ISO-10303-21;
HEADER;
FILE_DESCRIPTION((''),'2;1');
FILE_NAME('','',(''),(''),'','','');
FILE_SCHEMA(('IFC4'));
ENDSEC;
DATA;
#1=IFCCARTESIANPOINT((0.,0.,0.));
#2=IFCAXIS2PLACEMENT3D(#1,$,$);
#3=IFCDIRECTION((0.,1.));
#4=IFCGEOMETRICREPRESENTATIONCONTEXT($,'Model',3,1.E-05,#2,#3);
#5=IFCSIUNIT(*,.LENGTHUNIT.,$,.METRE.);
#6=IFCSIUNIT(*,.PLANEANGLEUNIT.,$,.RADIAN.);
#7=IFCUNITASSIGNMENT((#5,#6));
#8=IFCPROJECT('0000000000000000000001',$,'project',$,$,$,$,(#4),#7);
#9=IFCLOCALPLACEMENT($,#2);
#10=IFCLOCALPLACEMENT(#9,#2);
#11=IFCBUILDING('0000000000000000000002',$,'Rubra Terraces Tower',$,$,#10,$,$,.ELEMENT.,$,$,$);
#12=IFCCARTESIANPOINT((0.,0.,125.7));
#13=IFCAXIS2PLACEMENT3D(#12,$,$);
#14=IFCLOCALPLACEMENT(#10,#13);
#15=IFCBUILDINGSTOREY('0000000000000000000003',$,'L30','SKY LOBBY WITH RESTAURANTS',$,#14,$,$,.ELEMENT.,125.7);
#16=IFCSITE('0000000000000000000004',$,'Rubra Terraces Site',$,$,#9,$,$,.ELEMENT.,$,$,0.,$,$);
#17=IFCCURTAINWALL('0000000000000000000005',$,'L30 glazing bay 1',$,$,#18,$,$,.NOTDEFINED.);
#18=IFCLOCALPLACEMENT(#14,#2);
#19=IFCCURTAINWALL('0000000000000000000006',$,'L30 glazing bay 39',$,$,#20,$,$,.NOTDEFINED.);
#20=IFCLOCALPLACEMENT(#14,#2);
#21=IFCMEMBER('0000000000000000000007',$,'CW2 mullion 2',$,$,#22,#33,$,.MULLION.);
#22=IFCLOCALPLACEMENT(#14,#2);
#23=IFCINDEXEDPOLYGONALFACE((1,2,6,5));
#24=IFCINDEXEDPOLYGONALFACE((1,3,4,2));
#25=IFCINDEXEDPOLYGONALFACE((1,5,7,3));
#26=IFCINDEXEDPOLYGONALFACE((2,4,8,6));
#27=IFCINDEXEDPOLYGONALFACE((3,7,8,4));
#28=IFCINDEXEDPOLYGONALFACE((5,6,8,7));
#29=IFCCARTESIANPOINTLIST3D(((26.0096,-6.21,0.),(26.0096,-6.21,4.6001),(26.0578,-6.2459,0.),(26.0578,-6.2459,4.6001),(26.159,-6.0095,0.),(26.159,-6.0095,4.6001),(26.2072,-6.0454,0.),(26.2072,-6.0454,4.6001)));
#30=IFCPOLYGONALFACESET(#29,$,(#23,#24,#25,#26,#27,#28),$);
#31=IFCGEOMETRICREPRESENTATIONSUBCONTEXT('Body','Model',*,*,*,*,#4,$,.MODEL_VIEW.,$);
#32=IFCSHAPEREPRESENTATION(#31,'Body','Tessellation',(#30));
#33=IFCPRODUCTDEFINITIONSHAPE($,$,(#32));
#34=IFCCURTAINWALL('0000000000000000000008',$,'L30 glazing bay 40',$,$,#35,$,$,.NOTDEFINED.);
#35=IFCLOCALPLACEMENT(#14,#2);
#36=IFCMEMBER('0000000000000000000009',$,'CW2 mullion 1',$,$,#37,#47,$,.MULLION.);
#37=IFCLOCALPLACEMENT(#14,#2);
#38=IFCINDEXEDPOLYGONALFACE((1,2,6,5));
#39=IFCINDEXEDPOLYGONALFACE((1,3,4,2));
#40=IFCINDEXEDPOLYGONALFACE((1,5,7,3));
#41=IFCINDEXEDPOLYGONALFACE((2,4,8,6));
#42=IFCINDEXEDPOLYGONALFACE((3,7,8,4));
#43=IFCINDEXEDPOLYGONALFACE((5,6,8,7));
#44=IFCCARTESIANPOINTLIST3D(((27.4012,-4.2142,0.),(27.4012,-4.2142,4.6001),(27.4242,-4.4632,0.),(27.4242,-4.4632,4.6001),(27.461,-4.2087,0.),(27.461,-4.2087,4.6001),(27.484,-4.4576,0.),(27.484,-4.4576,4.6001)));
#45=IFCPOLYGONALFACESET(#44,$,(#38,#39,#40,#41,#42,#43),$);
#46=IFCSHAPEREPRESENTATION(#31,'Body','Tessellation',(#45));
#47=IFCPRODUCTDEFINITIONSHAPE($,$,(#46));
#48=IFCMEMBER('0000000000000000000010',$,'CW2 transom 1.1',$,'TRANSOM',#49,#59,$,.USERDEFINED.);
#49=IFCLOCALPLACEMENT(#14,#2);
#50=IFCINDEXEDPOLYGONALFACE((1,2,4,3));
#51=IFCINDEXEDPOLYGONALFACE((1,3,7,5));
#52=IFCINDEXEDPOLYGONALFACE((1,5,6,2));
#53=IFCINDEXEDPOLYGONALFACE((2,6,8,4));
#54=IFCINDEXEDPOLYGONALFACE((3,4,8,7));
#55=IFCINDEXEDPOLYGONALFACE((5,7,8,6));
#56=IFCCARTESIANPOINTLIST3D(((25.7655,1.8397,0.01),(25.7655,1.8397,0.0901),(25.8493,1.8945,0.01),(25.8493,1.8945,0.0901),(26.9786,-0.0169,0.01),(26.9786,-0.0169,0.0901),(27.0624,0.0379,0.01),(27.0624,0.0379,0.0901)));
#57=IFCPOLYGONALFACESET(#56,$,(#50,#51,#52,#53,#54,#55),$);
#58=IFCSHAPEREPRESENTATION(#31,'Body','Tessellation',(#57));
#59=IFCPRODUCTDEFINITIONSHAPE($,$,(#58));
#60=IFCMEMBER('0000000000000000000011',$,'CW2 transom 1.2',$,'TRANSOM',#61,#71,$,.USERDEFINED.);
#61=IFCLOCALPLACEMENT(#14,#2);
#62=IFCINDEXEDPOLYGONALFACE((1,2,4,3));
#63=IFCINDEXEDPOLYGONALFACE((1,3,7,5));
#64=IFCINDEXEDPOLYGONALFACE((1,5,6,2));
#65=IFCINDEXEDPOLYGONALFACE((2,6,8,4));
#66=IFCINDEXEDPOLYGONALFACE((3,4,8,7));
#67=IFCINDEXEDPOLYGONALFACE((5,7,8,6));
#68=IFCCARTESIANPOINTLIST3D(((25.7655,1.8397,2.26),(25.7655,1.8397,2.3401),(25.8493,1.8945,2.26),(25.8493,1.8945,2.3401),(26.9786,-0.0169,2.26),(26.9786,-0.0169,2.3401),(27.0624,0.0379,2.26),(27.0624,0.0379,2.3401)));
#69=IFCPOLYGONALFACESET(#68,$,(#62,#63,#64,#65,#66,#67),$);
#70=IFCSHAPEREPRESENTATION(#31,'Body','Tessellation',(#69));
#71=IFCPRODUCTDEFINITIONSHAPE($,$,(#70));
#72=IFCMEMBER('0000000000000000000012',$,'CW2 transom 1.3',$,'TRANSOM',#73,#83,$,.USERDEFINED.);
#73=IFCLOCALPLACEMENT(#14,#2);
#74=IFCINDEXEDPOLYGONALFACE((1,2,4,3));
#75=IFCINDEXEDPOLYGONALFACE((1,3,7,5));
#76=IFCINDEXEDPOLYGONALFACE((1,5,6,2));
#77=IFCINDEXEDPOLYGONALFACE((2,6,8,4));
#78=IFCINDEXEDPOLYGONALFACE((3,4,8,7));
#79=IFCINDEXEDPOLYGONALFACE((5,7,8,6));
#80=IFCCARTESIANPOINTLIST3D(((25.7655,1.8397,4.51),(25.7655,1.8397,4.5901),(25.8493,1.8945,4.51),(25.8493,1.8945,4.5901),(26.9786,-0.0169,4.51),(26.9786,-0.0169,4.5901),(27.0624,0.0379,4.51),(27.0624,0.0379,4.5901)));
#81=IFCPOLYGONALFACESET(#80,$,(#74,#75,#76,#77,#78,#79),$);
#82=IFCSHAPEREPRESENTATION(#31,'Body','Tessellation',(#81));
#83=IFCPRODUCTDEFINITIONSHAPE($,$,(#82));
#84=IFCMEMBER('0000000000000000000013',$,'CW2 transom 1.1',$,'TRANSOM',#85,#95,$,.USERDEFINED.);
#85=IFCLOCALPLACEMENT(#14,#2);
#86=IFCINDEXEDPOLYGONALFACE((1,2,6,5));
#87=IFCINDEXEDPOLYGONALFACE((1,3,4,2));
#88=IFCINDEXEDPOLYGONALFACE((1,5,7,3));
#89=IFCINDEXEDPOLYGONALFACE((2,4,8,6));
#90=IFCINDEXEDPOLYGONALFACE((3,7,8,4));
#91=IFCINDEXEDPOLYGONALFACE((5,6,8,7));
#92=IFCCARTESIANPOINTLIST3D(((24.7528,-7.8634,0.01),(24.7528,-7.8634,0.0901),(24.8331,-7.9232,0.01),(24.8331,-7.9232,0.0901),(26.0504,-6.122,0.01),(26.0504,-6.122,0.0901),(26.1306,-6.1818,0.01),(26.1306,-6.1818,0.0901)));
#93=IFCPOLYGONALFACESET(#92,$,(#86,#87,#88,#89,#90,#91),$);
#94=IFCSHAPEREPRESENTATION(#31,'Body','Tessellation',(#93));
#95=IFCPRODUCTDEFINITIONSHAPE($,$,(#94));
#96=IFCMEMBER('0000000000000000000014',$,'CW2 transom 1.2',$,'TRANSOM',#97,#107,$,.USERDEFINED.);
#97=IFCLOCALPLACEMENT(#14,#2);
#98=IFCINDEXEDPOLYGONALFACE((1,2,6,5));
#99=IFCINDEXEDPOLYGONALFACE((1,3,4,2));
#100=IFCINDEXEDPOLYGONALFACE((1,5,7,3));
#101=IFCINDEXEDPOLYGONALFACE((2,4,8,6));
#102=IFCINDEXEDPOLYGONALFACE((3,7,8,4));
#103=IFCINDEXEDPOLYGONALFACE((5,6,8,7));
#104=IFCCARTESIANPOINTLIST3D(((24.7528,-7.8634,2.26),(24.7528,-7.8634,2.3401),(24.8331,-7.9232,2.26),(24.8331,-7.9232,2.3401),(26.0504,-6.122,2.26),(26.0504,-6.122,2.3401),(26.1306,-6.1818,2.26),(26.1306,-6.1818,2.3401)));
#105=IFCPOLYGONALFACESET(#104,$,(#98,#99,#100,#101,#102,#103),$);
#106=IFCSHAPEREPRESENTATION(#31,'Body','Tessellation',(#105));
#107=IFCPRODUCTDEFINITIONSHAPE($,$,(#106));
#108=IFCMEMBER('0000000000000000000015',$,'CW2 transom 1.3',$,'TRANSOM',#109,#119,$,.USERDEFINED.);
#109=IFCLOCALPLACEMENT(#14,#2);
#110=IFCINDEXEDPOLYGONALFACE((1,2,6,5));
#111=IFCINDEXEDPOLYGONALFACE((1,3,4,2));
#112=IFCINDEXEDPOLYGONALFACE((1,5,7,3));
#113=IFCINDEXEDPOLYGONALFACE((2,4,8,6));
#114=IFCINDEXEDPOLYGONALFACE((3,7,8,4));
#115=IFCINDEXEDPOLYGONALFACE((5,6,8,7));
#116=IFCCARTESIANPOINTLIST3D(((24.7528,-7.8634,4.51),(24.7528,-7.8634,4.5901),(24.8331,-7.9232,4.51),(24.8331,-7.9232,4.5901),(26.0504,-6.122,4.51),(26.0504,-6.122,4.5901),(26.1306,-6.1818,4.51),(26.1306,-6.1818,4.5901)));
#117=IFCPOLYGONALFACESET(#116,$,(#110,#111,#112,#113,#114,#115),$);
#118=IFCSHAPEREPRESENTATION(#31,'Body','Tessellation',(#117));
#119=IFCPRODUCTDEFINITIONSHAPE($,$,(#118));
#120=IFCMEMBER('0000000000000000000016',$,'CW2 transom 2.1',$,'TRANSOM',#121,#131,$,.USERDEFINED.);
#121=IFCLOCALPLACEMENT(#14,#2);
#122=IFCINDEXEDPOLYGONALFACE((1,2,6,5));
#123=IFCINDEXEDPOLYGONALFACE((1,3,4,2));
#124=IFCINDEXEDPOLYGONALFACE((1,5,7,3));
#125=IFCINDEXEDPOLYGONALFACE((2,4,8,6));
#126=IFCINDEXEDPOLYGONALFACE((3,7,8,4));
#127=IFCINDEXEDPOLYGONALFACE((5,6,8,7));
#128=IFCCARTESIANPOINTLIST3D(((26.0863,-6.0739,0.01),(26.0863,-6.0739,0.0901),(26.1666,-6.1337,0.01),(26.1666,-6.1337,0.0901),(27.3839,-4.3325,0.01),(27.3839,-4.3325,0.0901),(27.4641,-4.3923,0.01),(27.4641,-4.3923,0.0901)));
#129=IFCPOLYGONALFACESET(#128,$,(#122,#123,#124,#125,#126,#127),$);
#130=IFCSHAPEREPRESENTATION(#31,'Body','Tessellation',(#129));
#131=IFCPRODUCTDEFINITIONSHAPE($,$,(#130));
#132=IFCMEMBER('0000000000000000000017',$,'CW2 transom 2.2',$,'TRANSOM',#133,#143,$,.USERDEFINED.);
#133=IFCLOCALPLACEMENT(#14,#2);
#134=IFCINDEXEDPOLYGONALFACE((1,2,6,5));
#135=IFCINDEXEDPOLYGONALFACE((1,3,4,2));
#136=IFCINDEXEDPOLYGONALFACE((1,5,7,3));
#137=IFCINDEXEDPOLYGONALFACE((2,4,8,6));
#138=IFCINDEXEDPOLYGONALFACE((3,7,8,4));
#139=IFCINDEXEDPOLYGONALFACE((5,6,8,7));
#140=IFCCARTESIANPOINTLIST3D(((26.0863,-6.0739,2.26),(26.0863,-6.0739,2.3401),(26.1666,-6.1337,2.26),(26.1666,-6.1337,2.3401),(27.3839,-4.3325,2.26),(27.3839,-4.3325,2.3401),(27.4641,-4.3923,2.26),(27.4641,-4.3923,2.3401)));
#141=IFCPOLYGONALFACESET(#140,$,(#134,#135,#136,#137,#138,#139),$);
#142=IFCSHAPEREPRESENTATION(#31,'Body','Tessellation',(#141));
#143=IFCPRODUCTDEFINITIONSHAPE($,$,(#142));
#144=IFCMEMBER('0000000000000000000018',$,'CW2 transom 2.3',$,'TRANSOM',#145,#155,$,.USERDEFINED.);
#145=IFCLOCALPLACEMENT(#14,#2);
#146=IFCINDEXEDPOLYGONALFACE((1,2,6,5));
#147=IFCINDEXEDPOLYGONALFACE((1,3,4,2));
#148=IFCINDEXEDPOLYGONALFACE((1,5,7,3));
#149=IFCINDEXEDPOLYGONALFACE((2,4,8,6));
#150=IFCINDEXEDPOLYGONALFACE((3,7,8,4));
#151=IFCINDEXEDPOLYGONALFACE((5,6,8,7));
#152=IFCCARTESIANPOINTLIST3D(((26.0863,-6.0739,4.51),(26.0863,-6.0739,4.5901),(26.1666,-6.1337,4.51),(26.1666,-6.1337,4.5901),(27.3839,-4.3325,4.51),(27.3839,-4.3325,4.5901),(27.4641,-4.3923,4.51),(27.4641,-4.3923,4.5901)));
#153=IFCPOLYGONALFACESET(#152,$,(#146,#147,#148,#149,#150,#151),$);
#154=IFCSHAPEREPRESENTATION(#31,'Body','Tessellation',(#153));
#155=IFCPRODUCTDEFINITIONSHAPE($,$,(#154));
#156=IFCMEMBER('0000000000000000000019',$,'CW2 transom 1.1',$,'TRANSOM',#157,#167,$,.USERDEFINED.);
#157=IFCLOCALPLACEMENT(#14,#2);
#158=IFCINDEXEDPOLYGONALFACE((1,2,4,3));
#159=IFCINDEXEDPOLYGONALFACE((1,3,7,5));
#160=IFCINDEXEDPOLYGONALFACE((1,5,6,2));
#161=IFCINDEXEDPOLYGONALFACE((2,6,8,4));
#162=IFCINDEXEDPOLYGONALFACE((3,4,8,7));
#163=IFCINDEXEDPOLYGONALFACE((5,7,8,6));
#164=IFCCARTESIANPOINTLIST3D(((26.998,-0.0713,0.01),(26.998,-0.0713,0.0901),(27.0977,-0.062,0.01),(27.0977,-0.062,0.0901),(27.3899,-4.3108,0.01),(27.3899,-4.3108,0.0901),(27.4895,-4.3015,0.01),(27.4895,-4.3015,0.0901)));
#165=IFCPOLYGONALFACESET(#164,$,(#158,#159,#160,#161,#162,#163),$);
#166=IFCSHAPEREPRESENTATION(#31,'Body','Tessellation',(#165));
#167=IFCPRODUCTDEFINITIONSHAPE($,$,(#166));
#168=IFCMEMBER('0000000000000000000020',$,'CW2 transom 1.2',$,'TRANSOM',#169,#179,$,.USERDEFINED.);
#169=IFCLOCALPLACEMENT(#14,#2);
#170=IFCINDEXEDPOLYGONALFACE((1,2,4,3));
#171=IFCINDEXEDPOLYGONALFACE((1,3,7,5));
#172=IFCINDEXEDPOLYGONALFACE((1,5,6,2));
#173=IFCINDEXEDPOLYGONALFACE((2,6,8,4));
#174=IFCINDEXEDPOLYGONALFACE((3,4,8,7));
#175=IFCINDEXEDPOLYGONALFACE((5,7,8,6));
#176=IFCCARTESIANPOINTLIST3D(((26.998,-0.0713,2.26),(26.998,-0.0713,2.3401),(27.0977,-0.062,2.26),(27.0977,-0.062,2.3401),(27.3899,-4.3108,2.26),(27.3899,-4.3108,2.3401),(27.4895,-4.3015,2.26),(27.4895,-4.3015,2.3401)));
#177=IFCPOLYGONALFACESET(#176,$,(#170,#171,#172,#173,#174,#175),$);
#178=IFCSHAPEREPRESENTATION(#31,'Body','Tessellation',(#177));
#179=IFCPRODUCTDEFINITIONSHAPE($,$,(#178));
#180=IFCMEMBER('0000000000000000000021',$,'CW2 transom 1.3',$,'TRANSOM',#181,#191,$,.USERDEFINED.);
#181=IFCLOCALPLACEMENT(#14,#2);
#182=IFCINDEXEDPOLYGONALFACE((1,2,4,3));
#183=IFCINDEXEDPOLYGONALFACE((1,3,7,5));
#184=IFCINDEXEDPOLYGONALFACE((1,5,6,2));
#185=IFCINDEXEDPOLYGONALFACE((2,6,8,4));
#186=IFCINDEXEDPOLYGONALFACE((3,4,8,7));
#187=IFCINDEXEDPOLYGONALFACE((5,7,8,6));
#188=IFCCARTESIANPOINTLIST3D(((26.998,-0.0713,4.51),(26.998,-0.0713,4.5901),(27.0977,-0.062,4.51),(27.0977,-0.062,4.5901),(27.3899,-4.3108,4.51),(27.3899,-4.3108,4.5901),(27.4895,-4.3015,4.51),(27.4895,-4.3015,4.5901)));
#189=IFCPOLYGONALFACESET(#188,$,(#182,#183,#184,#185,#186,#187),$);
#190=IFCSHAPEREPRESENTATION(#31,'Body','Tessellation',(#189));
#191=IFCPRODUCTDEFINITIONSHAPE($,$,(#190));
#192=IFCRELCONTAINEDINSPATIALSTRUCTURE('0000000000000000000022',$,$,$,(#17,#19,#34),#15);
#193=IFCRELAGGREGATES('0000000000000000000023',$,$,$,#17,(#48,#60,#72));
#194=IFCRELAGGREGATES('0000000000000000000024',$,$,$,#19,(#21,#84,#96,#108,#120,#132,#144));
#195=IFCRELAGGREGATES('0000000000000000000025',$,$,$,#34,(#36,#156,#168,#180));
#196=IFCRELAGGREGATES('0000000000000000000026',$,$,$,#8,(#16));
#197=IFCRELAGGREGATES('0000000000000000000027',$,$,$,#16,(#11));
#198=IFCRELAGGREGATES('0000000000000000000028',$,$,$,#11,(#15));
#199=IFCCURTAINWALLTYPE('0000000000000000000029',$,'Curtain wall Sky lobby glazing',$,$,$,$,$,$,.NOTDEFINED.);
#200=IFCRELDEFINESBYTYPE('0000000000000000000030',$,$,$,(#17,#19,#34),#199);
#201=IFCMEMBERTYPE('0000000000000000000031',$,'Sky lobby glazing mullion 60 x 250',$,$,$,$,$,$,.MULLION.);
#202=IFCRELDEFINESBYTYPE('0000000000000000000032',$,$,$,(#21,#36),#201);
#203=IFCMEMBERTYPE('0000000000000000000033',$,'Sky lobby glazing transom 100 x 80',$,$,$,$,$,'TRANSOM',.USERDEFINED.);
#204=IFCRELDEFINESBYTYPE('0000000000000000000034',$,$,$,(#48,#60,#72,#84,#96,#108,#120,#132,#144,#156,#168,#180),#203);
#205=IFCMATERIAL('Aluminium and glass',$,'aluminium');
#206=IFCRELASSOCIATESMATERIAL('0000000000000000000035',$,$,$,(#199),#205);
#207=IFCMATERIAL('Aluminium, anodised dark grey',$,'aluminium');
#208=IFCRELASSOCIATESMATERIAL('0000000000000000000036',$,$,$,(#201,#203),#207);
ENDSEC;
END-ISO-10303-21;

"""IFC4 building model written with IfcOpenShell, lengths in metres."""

from ifc_helpers import new_model, si_unit, direction, frame, origin, origin_2d, place, context, subcontext, project, spatial, rectangle, extrude, material, material_profile, profile_set, type_object, element, aggregate, save


model = new_model("IFC4")

# Units and contexts
model_context = context("Model", 3, precision=1e-05, world=origin(), true_north=direction((0.0, 1.0)))
body_context = subcontext(model_context, "Body", "Model", "MODEL_VIEW")
ifc_project = project(units=[si_unit("LENGTHUNIT", "METRE"), si_unit("PLANEANGLEUNIT", "RADIAN")], contexts=[model_context])

# Site, building, storey
site_placement = place(None, origin())
site = spatial("IfcSite", under=ifc_project, at=site_placement, Name="Rubra Terraces Site", CompositionType="ELEMENT", RefElevation=0.0)
building_placement = place(site_placement, origin())
building = spatial("IfcBuilding", under=site, at=building_placement, Name="Rubra Terraces Tower", CompositionType="ELEMENT")
storey_placement = place(building_placement, frame((0.0, 0.0, 125.7)))
storey = spatial("IfcBuildingStorey", under=building, at=storey_placement, Name="L30", Description="SKY LOBBY WITH RESTAURANTS", CompositionType="ELEMENT", Elevation=125.7)

# Curtain walls, members
ifc_material_1 = material(Name="Aluminium and glass", Category="aluminium")
curtain_wall_type = type_object("IfcCurtainWallType", Name="Curtain wall Sky lobby glazing", PredefinedType="NOTDEFINED", material=ifc_material_1)
curtain_wall_1_placement = place(storey_placement, origin())
curtain_wall_1 = element("IfcCurtainWall", 1, at=curtain_wall_1_placement, inside=storey, type_object=curtain_wall_type, Name="L30 glazing bay 1", PredefinedType="NOTDEFINED")
ifc_material_2 = material(Name="Aluminium, anodised dark grey", Category="aluminium")
ifc_material_profile_1 = material_profile(ifc_material_2, rectangle(XDim=0.0601, YDim=0.25, at=origin_2d()), Name="AL 60x250")
ifc_profile_set_1 = profile_set([ifc_material_profile_1], Name="Aluminium, anodised dark grey")
member_type_1 = type_object("IfcMemberType", Name="Sky lobby glazing mullion 60 x 250", PredefinedType="MULLION", material=ifc_profile_set_1)
curtain_wall_2_placement = place(storey_placement, origin())
curtain_wall_2 = element("IfcCurtainWall", 2, at=curtain_wall_2_placement, inside=storey, type_object=curtain_wall_type, Name="L30 glazing bay 39", PredefinedType="NOTDEFINED")
member_1_placement = place(storey_placement, frame((26.1084, -6.1277, 0.0), z_axis=(0.0, 0.0, 1.0), x_axis=(-0.801845, 0.597532, 0.0)))
member_1 = element("IfcMember", 3, at=member_1_placement, type_object=member_type_1, Name="CW2 mullion 2", PredefinedType="MULLION", context=body_context, shape_type="SweptSolid", body=[
    extrude(rectangle(XDim=0.0601, YDim=0.25, at=origin_2d()), origin(), (0.0, 0.0, 1.0), 4.6001),
])
curtain_wall_3_placement = place(storey_placement, origin())
curtain_wall_3 = element("IfcCurtainWall", 4, at=curtain_wall_3_placement, inside=storey, type_object=curtain_wall_type, Name="L30 glazing bay 40", PredefinedType="NOTDEFINED")
member_2_placement = place(storey_placement, frame((27.4426, -4.3359, 0.0), z_axis=(0.0, 0.0, 1.0), x_axis=(-0.995753, -0.09206, 0.0)))
member_2 = element("IfcMember", 5, at=member_2_placement, type_object=member_type_1, Name="CW2 mullion 1", PredefinedType="MULLION", context=body_context, shape_type="SweptSolid", body=[
    extrude(rectangle(XDim=0.0601, YDim=0.25, at=origin_2d()), origin(), (0.0, 0.0, 1.0), 4.6001),
])

# Members
ifc_material_profile_2 = material_profile(ifc_material_2, rectangle(XDim=0.1001, YDim=0.0801, at=origin_2d()), Name="AL 100x80")
ifc_profile_set_2 = profile_set([ifc_material_profile_2], Name="Aluminium, anodised dark grey")
member_type_2 = type_object("IfcMemberType", Name="Sky lobby glazing transom 100 x 80", ElementType="TRANSOM", PredefinedType="USERDEFINED", material=ifc_profile_set_2)
member_3_placement = place(storey_placement, frame((27.0205, 0.0105, 0.05), z_axis=(-0.546979, 0.837146, 0.0), x_axis=(-0.837146, -0.546979, 0.0)))
member_3 = element("IfcMember", 6, at=member_3_placement, type_object=member_type_2, Name="CW2 transom 1.1", ObjectType="TRANSOM", PredefinedType="USERDEFINED", context=body_context, shape_type="SweptSolid", body=[
    extrude(rectangle(XDim=0.1001, YDim=0.0801, at=origin_2d()), origin(), (0.0, 0.0, 1.0), 2.2178),
])
member_4_placement = place(storey_placement, frame((27.0205, 0.0105, 2.3), z_axis=(-0.546979, 0.837146, 0.0), x_axis=(-0.837146, -0.546979, 0.0)))
member_4 = element("IfcMember", 7, at=member_4_placement, type_object=member_type_2, Name="CW2 transom 1.2", ObjectType="TRANSOM", PredefinedType="USERDEFINED", context=body_context, shape_type="SweptSolid", body=[
    extrude(rectangle(XDim=0.1001, YDim=0.0801, at=origin_2d()), origin(), (0.0, 0.0, 1.0), 2.2178),
])
member_5_placement = place(storey_placement, frame((27.0205, 0.0105, 4.55), z_axis=(-0.546979, 0.837146, 0.0), x_axis=(-0.837146, -0.546979, 0.0)))
member_5 = element("IfcMember", 8, at=member_5_placement, type_object=member_type_2, Name="CW2 transom 1.3", ObjectType="TRANSOM", PredefinedType="USERDEFINED", context=body_context, shape_type="SweptSolid", body=[
    extrude(rectangle(XDim=0.1001, YDim=0.0801, at=origin_2d()), origin(), (0.0, 0.0, 1.0), 2.2178),
])
aggregate(curtain_wall_1, [member_3, member_4, member_5])
member_6_placement = place(storey_placement, frame((24.793, -7.8933, 0.05), z_axis=(0.597497, 0.801871, 0.0), x_axis=(-0.801871, 0.597497, 0.0)))
member_6 = element("IfcMember", 9, at=member_6_placement, type_object=member_type_2, Name="CW2 transom 1.1", ObjectType="TRANSOM", PredefinedType="USERDEFINED", context=body_context, shape_type="SweptSolid", body=[
    extrude(rectangle(XDim=0.1001, YDim=0.0801, at=origin_2d()), origin(), (0.0, 0.0, 1.0), 2.1716),
])
member_7_placement = place(storey_placement, frame((24.793, -7.8933, 2.3), z_axis=(0.597497, 0.801871, 0.0), x_axis=(-0.801871, 0.597497, 0.0)))
member_7 = element("IfcMember", 10, at=member_7_placement, type_object=member_type_2, Name="CW2 transom 1.2", ObjectType="TRANSOM", PredefinedType="USERDEFINED", context=body_context, shape_type="SweptSolid", body=[
    extrude(rectangle(XDim=0.1001, YDim=0.0801, at=origin_2d()), origin(), (0.0, 0.0, 1.0), 2.1716),
])
member_8_placement = place(storey_placement, frame((24.793, -7.8933, 4.55), z_axis=(0.597497, 0.801871, 0.0), x_axis=(-0.801871, 0.597497, 0.0)))
member_8 = element("IfcMember", 11, at=member_8_placement, type_object=member_type_2, Name="CW2 transom 1.3", ObjectType="TRANSOM", PredefinedType="USERDEFINED", context=body_context, shape_type="SweptSolid", body=[
    extrude(rectangle(XDim=0.1001, YDim=0.0801, at=origin_2d()), origin(), (0.0, 0.0, 1.0), 2.1716),
])
member_9_placement = place(storey_placement, frame((26.1265, -6.1038, 0.05), z_axis=(0.597497, 0.801871, 0.0), x_axis=(-0.801871, 0.597497, 0.0)))
member_9 = element("IfcMember", 12, at=member_9_placement, type_object=member_type_2, Name="CW2 transom 2.1", ObjectType="TRANSOM", PredefinedType="USERDEFINED", context=body_context, shape_type="SweptSolid", body=[
    extrude(rectangle(XDim=0.1001, YDim=0.0801, at=origin_2d()), origin(), (0.0, 0.0, 1.0), 2.1716),
])
member_10_placement = place(storey_placement, frame((26.1265, -6.1038, 2.3), z_axis=(0.597497, 0.801871, 0.0), x_axis=(-0.801871, 0.597497, 0.0)))
member_10 = element("IfcMember", 13, at=member_10_placement, type_object=member_type_2, Name="CW2 transom 2.2", ObjectType="TRANSOM", PredefinedType="USERDEFINED", context=body_context, shape_type="SweptSolid", body=[
    extrude(rectangle(XDim=0.1001, YDim=0.0801, at=origin_2d()), origin(), (0.0, 0.0, 1.0), 2.1716),
])
member_11_placement = place(storey_placement, frame((26.1265, -6.1038, 4.55), z_axis=(0.597497, 0.801871, 0.0), x_axis=(-0.801871, 0.597497, 0.0)))
member_11 = element("IfcMember", 14, at=member_11_placement, type_object=member_type_2, Name="CW2 transom 2.3", ObjectType="TRANSOM", PredefinedType="USERDEFINED", context=body_context, shape_type="SweptSolid", body=[
    extrude(rectangle(XDim=0.1001, YDim=0.0801, at=origin_2d()), origin(), (0.0, 0.0, 1.0), 2.1716),
])
member_12_placement = place(storey_placement, frame((27.4397, -4.3062, 0.05), z_axis=(-0.092035, 0.995756, 0.0), x_axis=(-0.995756, -0.092035, 0.0)))
member_12 = element("IfcMember", 15, at=member_12_placement, type_object=member_type_2, Name="CW2 transom 1.1", ObjectType="TRANSOM", PredefinedType="USERDEFINED", context=body_context, shape_type="SweptSolid", body=[
    extrude(rectangle(XDim=0.1001, YDim=0.0801, at=origin_2d()), origin(), (0.0, 0.0, 1.0), 4.2576),
])
member_13_placement = place(storey_placement, frame((27.4397, -4.3062, 2.3), z_axis=(-0.092035, 0.995756, 0.0), x_axis=(-0.995756, -0.092035, 0.0)))
member_13 = element("IfcMember", 16, at=member_13_placement, type_object=member_type_2, Name="CW2 transom 1.2", ObjectType="TRANSOM", PredefinedType="USERDEFINED", context=body_context, shape_type="SweptSolid", body=[
    extrude(rectangle(XDim=0.1001, YDim=0.0801, at=origin_2d()), origin(), (0.0, 0.0, 1.0), 4.2576),
])
member_14_placement = place(storey_placement, frame((27.4397, -4.3062, 4.55), z_axis=(-0.092035, 0.995756, 0.0), x_axis=(-0.995756, -0.092035, 0.0)))
member_14 = element("IfcMember", 17, at=member_14_placement, type_object=member_type_2, Name="CW2 transom 1.3", ObjectType="TRANSOM", PredefinedType="USERDEFINED", context=body_context, shape_type="SweptSolid", body=[
    extrude(rectangle(XDim=0.1001, YDim=0.0801, at=origin_2d()), origin(), (0.0, 0.0, 1.0), 4.2576),
])

aggregate(curtain_wall_2, [member_1, member_6, member_7, member_8, member_9, member_10, member_11])
aggregate(curtain_wall_3, [member_2, member_12, member_13, member_14])

save(model, "model.ifc")
